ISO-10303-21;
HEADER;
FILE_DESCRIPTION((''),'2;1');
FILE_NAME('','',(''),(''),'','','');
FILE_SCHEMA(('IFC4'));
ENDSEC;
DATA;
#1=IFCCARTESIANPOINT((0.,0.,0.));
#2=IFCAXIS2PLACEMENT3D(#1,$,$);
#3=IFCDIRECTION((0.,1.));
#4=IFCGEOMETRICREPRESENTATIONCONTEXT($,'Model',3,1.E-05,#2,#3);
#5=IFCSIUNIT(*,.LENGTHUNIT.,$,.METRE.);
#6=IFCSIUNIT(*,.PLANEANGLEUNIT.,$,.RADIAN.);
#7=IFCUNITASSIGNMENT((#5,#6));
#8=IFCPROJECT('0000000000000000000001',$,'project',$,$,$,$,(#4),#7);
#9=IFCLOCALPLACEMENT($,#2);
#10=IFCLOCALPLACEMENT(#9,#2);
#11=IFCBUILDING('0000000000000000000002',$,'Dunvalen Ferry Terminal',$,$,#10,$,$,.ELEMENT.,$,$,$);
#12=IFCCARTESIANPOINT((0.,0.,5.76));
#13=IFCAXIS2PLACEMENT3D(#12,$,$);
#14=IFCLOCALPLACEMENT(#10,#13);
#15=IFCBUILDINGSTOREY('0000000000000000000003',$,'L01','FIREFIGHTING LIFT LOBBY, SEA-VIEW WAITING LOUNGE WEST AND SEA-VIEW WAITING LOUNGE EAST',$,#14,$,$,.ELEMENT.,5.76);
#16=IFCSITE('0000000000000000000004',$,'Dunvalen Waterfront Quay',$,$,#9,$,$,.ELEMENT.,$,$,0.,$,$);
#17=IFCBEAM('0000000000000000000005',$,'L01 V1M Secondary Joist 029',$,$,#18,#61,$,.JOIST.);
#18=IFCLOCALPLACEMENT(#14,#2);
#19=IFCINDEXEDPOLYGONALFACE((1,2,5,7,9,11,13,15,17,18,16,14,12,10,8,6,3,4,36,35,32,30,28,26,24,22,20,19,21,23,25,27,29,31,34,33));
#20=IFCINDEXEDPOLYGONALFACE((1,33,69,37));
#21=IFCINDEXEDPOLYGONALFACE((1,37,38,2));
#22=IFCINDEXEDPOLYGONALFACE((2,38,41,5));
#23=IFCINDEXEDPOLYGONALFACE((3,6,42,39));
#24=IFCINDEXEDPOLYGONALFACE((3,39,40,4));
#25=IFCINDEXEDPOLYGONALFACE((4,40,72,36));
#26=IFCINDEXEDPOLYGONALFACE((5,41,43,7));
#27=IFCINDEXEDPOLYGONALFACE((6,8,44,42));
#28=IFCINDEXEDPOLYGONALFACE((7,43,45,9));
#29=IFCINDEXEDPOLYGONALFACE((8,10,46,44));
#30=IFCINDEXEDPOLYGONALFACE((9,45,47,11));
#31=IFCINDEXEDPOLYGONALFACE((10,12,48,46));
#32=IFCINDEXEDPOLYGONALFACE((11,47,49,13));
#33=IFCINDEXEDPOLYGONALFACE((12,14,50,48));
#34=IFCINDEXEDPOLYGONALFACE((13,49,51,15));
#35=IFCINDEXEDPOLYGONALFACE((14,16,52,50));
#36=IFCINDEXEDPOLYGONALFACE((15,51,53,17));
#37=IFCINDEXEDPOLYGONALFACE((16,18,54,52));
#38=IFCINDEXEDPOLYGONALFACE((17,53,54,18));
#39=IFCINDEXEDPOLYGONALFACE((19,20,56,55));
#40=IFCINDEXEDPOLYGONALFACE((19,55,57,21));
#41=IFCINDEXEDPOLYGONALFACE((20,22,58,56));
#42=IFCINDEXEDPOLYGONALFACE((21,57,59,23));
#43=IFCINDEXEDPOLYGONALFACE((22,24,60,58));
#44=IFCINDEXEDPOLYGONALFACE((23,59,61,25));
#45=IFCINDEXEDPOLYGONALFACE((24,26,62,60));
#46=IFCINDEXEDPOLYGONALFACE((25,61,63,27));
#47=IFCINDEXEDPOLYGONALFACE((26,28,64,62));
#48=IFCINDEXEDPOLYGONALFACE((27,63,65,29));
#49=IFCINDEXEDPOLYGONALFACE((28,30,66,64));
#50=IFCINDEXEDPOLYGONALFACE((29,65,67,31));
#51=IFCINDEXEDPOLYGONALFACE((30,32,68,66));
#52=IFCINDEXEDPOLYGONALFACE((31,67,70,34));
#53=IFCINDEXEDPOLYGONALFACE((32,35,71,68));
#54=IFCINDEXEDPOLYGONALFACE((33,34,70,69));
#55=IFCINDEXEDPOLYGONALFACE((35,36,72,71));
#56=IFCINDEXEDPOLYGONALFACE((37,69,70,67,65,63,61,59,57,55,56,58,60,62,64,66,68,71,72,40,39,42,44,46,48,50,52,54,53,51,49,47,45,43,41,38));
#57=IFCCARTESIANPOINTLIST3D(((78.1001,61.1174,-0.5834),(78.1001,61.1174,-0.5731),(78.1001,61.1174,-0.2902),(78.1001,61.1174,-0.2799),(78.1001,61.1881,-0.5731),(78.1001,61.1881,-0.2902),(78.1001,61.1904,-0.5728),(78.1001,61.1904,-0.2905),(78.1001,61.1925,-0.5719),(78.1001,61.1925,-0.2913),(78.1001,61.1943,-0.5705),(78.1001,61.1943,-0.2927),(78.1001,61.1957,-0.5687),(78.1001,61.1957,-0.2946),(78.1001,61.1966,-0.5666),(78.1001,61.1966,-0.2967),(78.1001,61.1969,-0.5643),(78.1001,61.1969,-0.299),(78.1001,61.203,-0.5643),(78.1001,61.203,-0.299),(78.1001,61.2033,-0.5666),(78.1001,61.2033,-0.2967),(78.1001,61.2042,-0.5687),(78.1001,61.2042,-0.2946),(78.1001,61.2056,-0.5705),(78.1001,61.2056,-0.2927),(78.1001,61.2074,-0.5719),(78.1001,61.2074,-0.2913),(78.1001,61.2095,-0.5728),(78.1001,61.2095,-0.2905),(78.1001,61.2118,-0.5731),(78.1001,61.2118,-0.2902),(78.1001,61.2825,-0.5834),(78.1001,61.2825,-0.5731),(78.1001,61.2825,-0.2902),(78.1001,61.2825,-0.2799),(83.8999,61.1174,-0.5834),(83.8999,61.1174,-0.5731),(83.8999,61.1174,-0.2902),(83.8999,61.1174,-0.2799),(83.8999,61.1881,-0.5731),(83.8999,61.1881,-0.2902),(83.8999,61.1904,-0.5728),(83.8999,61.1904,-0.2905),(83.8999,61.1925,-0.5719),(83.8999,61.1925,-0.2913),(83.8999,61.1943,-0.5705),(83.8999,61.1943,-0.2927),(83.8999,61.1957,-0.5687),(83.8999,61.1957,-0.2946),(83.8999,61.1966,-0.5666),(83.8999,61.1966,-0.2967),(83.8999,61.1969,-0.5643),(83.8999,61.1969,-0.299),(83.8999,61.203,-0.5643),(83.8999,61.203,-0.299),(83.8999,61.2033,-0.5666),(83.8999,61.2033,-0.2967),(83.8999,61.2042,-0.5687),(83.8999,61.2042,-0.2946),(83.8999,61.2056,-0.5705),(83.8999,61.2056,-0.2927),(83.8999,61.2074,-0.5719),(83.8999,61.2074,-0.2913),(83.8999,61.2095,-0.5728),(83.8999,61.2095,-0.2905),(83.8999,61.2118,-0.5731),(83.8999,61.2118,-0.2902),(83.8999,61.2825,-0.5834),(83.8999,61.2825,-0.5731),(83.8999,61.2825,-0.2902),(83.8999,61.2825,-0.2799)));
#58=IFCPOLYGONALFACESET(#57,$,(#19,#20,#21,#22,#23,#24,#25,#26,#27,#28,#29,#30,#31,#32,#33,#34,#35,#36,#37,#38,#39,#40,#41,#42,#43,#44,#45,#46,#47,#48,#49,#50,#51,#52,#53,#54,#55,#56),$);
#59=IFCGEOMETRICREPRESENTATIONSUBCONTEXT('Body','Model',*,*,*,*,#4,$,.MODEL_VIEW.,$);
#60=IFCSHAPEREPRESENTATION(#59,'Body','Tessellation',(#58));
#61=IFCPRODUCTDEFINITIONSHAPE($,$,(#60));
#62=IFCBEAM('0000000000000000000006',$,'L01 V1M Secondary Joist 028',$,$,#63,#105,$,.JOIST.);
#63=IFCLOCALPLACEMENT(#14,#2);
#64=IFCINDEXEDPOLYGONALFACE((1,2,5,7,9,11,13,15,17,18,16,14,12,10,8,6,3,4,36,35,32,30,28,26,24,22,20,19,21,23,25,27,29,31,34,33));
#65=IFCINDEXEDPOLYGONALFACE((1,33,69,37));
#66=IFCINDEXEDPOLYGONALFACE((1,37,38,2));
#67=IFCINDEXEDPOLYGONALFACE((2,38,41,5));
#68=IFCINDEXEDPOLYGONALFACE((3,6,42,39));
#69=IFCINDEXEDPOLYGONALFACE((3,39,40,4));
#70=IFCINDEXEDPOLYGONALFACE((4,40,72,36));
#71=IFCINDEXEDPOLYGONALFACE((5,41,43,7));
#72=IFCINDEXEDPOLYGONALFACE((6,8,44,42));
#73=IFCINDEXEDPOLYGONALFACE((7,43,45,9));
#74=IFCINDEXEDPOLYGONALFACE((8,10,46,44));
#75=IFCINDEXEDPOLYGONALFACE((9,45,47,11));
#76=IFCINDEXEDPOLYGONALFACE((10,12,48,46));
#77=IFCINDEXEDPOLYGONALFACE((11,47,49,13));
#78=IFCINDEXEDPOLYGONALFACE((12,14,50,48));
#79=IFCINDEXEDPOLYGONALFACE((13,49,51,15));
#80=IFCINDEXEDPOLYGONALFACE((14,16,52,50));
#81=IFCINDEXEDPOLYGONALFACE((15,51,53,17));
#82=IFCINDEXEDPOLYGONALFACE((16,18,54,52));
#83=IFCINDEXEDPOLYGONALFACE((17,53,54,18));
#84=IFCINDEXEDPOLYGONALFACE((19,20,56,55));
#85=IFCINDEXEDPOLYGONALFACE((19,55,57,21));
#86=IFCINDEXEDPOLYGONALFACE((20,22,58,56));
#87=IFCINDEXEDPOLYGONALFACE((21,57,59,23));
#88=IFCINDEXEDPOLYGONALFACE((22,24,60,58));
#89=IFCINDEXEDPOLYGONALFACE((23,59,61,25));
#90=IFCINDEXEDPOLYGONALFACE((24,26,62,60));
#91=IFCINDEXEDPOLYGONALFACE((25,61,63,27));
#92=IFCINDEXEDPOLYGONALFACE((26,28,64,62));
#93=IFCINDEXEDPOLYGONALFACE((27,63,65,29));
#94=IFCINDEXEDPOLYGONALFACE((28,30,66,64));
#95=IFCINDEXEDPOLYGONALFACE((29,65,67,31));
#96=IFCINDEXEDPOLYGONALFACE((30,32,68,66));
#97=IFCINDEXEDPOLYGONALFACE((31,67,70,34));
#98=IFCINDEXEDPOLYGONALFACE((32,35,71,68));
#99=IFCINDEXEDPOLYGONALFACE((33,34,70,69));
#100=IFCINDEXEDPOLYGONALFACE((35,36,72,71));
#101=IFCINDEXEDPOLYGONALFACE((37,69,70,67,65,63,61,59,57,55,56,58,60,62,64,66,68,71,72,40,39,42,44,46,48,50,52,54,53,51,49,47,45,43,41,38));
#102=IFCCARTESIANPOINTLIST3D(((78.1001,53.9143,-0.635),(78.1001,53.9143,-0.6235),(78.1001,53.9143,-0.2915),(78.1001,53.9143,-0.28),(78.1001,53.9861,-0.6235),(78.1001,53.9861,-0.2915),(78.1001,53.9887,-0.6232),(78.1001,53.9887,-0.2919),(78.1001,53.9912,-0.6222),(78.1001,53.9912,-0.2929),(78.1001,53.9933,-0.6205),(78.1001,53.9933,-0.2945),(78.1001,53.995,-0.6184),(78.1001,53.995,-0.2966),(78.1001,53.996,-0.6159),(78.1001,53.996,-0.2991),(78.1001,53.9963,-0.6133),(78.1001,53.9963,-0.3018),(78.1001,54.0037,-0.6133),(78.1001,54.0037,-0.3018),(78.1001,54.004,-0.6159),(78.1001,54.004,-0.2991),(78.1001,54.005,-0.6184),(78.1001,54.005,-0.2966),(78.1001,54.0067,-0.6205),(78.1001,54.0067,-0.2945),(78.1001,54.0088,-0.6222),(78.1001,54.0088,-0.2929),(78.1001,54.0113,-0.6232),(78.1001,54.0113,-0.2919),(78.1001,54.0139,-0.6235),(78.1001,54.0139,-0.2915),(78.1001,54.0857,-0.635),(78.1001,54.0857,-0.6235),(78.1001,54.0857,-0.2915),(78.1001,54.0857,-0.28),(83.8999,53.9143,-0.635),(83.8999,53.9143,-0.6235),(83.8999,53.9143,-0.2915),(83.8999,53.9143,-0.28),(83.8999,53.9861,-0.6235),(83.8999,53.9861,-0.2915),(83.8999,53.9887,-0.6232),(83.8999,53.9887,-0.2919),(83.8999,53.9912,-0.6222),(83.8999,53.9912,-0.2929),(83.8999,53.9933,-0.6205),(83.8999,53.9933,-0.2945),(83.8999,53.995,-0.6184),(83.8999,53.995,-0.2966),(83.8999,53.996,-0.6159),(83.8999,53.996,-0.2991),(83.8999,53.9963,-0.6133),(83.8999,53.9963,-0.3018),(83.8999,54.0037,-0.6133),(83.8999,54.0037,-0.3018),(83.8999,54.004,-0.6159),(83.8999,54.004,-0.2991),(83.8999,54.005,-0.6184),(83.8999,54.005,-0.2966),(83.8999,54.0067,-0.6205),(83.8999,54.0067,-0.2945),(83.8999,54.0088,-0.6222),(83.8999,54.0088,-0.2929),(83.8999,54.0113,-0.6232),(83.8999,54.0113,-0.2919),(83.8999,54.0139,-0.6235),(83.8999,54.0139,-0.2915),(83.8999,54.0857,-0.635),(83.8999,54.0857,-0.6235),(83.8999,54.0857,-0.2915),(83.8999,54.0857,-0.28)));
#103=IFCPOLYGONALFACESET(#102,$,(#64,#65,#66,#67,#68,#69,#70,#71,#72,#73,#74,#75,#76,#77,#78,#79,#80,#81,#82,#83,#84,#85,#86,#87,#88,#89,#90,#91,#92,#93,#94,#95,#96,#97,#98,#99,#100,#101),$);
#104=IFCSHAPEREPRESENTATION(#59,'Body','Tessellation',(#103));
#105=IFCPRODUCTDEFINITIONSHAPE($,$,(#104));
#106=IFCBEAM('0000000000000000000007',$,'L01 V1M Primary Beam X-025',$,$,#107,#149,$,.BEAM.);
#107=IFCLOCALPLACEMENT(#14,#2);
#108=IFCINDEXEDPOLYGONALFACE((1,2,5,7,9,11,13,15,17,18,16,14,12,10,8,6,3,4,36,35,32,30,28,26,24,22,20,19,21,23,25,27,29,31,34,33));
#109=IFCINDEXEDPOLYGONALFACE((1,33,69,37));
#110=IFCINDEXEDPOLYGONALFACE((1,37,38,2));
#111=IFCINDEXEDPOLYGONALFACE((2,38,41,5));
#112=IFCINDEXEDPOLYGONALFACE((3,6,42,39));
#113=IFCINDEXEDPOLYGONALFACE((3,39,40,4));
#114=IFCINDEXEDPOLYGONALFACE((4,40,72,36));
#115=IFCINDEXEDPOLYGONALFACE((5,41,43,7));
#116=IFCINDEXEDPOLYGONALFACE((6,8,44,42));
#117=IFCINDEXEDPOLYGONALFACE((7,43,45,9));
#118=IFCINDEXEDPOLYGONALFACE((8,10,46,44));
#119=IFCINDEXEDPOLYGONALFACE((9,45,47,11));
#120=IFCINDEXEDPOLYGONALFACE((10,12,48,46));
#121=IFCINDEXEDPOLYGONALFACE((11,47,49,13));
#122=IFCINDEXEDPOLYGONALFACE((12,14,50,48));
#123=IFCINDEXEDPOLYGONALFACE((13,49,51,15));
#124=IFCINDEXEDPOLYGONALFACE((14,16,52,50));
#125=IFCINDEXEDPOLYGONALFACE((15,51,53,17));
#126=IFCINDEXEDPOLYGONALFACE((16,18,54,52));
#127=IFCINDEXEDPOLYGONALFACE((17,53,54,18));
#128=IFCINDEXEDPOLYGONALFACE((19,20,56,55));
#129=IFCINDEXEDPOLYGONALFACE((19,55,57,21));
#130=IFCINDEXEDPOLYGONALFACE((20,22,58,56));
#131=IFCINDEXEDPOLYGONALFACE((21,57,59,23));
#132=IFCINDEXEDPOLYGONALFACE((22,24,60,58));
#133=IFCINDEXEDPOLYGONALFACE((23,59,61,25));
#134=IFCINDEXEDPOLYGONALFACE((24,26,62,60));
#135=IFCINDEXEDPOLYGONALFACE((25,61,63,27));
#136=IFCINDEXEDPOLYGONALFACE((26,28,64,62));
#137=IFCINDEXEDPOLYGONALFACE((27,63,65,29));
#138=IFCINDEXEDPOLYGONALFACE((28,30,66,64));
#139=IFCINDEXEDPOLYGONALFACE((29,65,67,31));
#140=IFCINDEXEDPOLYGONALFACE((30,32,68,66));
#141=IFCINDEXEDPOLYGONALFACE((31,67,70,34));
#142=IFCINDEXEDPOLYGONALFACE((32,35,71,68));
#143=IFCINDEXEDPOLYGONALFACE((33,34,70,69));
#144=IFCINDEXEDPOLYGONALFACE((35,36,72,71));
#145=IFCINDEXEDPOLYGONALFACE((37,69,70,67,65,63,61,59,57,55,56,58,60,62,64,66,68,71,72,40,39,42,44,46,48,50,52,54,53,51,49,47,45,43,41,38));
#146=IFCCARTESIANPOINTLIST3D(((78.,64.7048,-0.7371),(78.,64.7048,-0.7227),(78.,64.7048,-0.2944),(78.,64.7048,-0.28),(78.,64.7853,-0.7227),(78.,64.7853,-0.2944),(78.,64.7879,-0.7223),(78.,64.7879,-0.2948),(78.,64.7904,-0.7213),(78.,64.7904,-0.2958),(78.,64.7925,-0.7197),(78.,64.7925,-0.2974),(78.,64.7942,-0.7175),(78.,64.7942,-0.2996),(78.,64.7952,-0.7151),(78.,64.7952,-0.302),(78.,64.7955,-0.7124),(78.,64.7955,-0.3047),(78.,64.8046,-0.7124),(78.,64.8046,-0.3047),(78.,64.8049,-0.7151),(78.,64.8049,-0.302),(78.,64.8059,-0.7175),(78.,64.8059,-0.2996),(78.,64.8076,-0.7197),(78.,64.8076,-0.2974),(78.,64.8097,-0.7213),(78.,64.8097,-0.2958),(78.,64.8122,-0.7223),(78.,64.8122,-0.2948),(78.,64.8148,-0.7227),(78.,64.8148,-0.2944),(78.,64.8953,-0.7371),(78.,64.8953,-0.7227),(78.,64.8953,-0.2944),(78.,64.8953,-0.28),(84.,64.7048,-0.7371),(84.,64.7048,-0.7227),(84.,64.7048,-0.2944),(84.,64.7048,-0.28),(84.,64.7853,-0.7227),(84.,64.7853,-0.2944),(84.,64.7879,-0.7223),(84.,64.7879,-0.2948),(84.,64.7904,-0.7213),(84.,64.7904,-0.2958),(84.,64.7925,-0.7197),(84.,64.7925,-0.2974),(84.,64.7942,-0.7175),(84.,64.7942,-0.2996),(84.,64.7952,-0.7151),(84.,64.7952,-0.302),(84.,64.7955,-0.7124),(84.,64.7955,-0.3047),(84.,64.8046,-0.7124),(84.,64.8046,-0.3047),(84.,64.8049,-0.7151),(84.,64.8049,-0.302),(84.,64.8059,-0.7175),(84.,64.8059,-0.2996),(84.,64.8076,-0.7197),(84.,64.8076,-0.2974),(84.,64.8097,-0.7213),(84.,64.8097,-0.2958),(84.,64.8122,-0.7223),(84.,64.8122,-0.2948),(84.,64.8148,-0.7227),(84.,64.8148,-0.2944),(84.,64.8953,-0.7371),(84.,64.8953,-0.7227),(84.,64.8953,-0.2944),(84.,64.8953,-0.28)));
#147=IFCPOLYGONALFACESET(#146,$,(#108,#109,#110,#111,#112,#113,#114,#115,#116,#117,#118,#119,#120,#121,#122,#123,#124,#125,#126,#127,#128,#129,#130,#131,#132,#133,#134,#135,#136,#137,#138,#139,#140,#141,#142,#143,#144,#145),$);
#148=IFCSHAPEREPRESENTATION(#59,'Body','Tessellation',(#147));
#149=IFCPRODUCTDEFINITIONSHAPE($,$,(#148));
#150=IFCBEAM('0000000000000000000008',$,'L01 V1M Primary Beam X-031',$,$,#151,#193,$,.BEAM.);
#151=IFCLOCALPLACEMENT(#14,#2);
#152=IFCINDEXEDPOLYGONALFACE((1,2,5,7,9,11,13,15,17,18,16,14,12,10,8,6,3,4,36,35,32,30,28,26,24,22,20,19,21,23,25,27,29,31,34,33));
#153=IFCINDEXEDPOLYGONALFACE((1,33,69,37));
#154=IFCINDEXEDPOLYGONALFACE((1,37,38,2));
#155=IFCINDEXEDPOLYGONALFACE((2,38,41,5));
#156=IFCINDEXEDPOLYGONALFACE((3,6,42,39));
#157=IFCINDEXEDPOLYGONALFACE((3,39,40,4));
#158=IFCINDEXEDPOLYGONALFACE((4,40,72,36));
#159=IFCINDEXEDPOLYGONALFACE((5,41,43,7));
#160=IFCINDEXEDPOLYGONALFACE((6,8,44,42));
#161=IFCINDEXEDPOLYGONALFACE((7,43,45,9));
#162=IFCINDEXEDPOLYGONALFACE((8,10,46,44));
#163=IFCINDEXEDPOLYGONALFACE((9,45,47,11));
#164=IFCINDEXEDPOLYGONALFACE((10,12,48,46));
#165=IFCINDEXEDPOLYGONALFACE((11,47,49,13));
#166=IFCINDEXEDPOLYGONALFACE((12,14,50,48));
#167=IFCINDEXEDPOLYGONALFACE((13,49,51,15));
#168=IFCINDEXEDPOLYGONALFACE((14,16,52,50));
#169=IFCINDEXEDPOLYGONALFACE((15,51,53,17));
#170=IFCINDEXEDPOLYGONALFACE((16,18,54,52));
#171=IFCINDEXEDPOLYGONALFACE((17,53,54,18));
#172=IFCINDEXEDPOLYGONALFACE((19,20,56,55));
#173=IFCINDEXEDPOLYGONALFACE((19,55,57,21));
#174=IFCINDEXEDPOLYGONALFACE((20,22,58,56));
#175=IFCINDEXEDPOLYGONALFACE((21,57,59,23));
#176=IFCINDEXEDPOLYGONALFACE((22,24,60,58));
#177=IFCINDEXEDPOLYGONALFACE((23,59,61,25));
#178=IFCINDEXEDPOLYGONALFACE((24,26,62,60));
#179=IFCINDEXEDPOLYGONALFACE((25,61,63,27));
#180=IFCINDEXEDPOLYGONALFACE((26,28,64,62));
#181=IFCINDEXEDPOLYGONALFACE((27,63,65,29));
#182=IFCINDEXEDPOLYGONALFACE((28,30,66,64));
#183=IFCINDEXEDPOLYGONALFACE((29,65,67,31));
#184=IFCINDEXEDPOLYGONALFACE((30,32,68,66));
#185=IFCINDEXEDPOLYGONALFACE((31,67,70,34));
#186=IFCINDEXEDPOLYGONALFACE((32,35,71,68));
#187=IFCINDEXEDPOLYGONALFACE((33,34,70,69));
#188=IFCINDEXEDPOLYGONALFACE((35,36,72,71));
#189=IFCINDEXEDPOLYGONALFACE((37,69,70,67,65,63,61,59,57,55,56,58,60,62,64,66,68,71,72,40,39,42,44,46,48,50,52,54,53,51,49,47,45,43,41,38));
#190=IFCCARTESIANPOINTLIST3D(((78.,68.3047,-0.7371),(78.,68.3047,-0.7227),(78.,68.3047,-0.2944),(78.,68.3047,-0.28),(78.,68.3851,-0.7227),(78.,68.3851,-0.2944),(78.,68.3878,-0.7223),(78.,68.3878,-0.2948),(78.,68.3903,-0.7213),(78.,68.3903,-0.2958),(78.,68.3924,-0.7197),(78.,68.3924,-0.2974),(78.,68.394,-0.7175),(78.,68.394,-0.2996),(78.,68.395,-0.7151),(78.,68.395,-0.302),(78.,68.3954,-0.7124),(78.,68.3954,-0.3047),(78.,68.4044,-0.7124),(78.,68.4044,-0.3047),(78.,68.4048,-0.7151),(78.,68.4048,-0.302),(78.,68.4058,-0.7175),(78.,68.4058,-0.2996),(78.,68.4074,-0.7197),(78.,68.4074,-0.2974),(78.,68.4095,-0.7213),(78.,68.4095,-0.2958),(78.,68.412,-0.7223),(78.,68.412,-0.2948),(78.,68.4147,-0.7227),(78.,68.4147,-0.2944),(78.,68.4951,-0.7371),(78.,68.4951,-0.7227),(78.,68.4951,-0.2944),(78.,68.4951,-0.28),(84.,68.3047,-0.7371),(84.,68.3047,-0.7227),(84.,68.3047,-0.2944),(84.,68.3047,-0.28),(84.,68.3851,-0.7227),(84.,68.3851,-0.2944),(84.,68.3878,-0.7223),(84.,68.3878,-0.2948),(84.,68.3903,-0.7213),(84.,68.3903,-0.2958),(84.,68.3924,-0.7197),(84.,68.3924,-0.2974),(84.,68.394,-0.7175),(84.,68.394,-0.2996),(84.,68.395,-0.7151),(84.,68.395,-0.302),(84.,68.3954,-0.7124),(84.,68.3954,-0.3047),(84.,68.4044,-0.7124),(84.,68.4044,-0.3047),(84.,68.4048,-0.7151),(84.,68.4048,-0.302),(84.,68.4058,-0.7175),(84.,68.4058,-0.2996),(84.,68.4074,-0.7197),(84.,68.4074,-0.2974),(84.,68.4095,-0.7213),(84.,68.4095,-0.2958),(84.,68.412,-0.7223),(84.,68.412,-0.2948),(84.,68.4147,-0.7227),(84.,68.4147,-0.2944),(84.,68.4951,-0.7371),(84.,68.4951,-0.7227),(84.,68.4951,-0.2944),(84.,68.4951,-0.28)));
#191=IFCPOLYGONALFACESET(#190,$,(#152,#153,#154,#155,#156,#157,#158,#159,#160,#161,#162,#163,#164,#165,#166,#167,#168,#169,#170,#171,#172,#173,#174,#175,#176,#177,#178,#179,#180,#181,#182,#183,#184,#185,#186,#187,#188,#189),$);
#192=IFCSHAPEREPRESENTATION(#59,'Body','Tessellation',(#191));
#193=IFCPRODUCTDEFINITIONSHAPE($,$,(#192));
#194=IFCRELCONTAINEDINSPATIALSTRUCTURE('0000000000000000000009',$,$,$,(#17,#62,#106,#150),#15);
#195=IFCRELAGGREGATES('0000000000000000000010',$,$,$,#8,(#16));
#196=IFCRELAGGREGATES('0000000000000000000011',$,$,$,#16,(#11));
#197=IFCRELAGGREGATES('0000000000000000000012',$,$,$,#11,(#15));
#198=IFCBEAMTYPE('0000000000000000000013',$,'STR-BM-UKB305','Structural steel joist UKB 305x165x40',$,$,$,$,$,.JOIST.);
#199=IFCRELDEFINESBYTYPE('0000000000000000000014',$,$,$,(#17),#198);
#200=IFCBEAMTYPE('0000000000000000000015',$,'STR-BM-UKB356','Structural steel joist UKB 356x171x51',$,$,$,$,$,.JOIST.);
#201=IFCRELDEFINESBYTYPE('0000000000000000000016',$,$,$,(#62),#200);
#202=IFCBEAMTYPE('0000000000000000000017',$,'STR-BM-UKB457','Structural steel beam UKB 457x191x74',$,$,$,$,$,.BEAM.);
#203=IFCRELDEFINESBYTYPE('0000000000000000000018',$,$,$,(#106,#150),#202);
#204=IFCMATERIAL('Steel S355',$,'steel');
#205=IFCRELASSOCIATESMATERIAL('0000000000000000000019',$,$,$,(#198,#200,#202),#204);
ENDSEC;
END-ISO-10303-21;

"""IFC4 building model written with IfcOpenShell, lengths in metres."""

from ifc_helpers import new_model, si_unit, direction, frame, origin, origin_2d, place, context, subcontext, project, spatial, i_section, extrude, material, material_profile, profile_set, type_object, element, save


model = new_model("IFC4")

# Units and contexts
model_context = context("Model", 3, precision=1e-05, world=origin(), true_north=direction((0.0, 1.0)))
body_context = subcontext(model_context, "Body", "Model", "MODEL_VIEW")
ifc_project = project(units=[si_unit("LENGTHUNIT", "METRE"), si_unit("PLANEANGLEUNIT", "RADIAN")], contexts=[model_context])

# Site, building, storey
site_placement = place(None, origin())
site = spatial("IfcSite", under=ifc_project, at=site_placement, Name="Dunvalen Waterfront Quay", CompositionType="ELEMENT", RefElevation=0.0)
building_placement = place(site_placement, origin())
building = spatial("IfcBuilding", under=site, at=building_placement, Name="Dunvalen Ferry Terminal", CompositionType="ELEMENT")
storey_placement = place(building_placement, frame((0.0, 0.0, 5.76)))
storey = spatial("IfcBuildingStorey", under=building, at=storey_placement, Name="L01", Description="FIREFIGHTING LIFT LOBBY, SEA-VIEW WAITING LOUNGE WEST AND SEA-VIEW WAITING LOUNGE EAST", CompositionType="ELEMENT", Elevation=5.76)

# Beams
ifc_material_1 = material(Name="Steel S355", Category="steel")
ifc_material_profile_1 = material_profile(ifc_material_1, i_section(OverallWidth=0.165, OverallDepth=0.3035, WebThickness=0.0061, FlangeThickness=0.0103, FilletRadius=0.0088, at=origin_2d()), Name="Steel S355")
ifc_profile_set_1 = profile_set([ifc_material_profile_1], Name="Steel S355")
beam_type_1 = type_object("IfcBeamType", Name="STR-BM-UKB305", Description="Structural steel joist UKB 305x165x40", PredefinedType="JOIST", material=ifc_profile_set_1)
beam_1_placement = place(storey_placement, frame((78.1001, 61.2, -0.4316), z_axis=(1.0, 0.0, 0.0), x_axis=(0.0, 1.0, 0.0)))
element("IfcBeam", 1, at=beam_1_placement, inside=storey, type_object=beam_type_1, Name="L01 V1M Secondary Joist 029", PredefinedType="JOIST", context=body_context, shape_type="SweptSolid", body=[
    extrude(i_section(OverallWidth=0.165, OverallDepth=0.3035, WebThickness=0.0061, FlangeThickness=0.0103, FilletRadius=0.0088, at=origin_2d()), origin(), (0.0, 0.0, 1.0), 5.7998),
])
ifc_material_profile_2 = material_profile(ifc_material_1, i_section(OverallWidth=0.1714, OverallDepth=0.355, WebThickness=0.0073, FlangeThickness=0.0115, FilletRadius=0.0103, at=origin_2d()), Name="Steel S355")
ifc_profile_set_2 = profile_set([ifc_material_profile_2], Name="Steel S355")
beam_type_2 = type_object("IfcBeamType", Name="STR-BM-UKB356", Description="Structural steel joist UKB 356x171x51", PredefinedType="JOIST", material=ifc_profile_set_2)
beam_2_placement = place(storey_placement, frame((78.1001, 54.0, -0.4575), z_axis=(1.0, 0.0, 0.0), x_axis=(0.0, 1.0, 0.0)))
element("IfcBeam", 2, at=beam_2_placement, inside=storey, type_object=beam_type_2, Name="L01 V1M Secondary Joist 028", PredefinedType="JOIST", context=body_context, shape_type="SweptSolid", body=[
    extrude(i_section(OverallWidth=0.1714, OverallDepth=0.355, WebThickness=0.0073, FlangeThickness=0.0115, FilletRadius=0.0103, at=origin_2d()), origin(), (0.0, 0.0, 1.0), 5.7998),
])
ifc_material_profile_3 = material_profile(ifc_material_1, i_section(OverallWidth=0.1904, OverallDepth=0.457, WebThickness=0.009, FlangeThickness=0.0144, FilletRadius=0.0103, at=origin_2d()), Name="Steel S355")
ifc_profile_set_3 = profile_set([ifc_material_profile_3], Name="Steel S355")
beam_type_3 = type_object("IfcBeamType", Name="STR-BM-UKB457", Description="Structural steel beam UKB 457x191x74", PredefinedType="BEAM", material=ifc_profile_set_3)
for number, where, z_axis, x_axis, name in (
    (3, (78.0, 64.8, -0.5085), (1.0, 0.0, 0.0), (0.0, 1.0, 0.0), "L01 V1M Primary Beam X-025"),
    (4, (78.0, 68.3999, -0.5085), (1.0, 0.0, 0.0), (0.0, 1.0, 0.0), "L01 V1M Primary Beam X-031"),
):
    element("IfcBeam", number, at=place(storey_placement, frame(where, z_axis=z_axis, x_axis=x_axis)), inside=storey, type_object=beam_type_3, Name=name, PredefinedType="BEAM", context=body_context, shape_type="SweptSolid", body=[
        extrude(i_section(OverallWidth=0.1904, OverallDepth=0.457, WebThickness=0.009, FlangeThickness=0.0144, FilletRadius=0.0103, at=origin_2d()), origin(), (0.0, 0.0, 1.0), 6.0),
    ])

save(model, "model.ifc")
